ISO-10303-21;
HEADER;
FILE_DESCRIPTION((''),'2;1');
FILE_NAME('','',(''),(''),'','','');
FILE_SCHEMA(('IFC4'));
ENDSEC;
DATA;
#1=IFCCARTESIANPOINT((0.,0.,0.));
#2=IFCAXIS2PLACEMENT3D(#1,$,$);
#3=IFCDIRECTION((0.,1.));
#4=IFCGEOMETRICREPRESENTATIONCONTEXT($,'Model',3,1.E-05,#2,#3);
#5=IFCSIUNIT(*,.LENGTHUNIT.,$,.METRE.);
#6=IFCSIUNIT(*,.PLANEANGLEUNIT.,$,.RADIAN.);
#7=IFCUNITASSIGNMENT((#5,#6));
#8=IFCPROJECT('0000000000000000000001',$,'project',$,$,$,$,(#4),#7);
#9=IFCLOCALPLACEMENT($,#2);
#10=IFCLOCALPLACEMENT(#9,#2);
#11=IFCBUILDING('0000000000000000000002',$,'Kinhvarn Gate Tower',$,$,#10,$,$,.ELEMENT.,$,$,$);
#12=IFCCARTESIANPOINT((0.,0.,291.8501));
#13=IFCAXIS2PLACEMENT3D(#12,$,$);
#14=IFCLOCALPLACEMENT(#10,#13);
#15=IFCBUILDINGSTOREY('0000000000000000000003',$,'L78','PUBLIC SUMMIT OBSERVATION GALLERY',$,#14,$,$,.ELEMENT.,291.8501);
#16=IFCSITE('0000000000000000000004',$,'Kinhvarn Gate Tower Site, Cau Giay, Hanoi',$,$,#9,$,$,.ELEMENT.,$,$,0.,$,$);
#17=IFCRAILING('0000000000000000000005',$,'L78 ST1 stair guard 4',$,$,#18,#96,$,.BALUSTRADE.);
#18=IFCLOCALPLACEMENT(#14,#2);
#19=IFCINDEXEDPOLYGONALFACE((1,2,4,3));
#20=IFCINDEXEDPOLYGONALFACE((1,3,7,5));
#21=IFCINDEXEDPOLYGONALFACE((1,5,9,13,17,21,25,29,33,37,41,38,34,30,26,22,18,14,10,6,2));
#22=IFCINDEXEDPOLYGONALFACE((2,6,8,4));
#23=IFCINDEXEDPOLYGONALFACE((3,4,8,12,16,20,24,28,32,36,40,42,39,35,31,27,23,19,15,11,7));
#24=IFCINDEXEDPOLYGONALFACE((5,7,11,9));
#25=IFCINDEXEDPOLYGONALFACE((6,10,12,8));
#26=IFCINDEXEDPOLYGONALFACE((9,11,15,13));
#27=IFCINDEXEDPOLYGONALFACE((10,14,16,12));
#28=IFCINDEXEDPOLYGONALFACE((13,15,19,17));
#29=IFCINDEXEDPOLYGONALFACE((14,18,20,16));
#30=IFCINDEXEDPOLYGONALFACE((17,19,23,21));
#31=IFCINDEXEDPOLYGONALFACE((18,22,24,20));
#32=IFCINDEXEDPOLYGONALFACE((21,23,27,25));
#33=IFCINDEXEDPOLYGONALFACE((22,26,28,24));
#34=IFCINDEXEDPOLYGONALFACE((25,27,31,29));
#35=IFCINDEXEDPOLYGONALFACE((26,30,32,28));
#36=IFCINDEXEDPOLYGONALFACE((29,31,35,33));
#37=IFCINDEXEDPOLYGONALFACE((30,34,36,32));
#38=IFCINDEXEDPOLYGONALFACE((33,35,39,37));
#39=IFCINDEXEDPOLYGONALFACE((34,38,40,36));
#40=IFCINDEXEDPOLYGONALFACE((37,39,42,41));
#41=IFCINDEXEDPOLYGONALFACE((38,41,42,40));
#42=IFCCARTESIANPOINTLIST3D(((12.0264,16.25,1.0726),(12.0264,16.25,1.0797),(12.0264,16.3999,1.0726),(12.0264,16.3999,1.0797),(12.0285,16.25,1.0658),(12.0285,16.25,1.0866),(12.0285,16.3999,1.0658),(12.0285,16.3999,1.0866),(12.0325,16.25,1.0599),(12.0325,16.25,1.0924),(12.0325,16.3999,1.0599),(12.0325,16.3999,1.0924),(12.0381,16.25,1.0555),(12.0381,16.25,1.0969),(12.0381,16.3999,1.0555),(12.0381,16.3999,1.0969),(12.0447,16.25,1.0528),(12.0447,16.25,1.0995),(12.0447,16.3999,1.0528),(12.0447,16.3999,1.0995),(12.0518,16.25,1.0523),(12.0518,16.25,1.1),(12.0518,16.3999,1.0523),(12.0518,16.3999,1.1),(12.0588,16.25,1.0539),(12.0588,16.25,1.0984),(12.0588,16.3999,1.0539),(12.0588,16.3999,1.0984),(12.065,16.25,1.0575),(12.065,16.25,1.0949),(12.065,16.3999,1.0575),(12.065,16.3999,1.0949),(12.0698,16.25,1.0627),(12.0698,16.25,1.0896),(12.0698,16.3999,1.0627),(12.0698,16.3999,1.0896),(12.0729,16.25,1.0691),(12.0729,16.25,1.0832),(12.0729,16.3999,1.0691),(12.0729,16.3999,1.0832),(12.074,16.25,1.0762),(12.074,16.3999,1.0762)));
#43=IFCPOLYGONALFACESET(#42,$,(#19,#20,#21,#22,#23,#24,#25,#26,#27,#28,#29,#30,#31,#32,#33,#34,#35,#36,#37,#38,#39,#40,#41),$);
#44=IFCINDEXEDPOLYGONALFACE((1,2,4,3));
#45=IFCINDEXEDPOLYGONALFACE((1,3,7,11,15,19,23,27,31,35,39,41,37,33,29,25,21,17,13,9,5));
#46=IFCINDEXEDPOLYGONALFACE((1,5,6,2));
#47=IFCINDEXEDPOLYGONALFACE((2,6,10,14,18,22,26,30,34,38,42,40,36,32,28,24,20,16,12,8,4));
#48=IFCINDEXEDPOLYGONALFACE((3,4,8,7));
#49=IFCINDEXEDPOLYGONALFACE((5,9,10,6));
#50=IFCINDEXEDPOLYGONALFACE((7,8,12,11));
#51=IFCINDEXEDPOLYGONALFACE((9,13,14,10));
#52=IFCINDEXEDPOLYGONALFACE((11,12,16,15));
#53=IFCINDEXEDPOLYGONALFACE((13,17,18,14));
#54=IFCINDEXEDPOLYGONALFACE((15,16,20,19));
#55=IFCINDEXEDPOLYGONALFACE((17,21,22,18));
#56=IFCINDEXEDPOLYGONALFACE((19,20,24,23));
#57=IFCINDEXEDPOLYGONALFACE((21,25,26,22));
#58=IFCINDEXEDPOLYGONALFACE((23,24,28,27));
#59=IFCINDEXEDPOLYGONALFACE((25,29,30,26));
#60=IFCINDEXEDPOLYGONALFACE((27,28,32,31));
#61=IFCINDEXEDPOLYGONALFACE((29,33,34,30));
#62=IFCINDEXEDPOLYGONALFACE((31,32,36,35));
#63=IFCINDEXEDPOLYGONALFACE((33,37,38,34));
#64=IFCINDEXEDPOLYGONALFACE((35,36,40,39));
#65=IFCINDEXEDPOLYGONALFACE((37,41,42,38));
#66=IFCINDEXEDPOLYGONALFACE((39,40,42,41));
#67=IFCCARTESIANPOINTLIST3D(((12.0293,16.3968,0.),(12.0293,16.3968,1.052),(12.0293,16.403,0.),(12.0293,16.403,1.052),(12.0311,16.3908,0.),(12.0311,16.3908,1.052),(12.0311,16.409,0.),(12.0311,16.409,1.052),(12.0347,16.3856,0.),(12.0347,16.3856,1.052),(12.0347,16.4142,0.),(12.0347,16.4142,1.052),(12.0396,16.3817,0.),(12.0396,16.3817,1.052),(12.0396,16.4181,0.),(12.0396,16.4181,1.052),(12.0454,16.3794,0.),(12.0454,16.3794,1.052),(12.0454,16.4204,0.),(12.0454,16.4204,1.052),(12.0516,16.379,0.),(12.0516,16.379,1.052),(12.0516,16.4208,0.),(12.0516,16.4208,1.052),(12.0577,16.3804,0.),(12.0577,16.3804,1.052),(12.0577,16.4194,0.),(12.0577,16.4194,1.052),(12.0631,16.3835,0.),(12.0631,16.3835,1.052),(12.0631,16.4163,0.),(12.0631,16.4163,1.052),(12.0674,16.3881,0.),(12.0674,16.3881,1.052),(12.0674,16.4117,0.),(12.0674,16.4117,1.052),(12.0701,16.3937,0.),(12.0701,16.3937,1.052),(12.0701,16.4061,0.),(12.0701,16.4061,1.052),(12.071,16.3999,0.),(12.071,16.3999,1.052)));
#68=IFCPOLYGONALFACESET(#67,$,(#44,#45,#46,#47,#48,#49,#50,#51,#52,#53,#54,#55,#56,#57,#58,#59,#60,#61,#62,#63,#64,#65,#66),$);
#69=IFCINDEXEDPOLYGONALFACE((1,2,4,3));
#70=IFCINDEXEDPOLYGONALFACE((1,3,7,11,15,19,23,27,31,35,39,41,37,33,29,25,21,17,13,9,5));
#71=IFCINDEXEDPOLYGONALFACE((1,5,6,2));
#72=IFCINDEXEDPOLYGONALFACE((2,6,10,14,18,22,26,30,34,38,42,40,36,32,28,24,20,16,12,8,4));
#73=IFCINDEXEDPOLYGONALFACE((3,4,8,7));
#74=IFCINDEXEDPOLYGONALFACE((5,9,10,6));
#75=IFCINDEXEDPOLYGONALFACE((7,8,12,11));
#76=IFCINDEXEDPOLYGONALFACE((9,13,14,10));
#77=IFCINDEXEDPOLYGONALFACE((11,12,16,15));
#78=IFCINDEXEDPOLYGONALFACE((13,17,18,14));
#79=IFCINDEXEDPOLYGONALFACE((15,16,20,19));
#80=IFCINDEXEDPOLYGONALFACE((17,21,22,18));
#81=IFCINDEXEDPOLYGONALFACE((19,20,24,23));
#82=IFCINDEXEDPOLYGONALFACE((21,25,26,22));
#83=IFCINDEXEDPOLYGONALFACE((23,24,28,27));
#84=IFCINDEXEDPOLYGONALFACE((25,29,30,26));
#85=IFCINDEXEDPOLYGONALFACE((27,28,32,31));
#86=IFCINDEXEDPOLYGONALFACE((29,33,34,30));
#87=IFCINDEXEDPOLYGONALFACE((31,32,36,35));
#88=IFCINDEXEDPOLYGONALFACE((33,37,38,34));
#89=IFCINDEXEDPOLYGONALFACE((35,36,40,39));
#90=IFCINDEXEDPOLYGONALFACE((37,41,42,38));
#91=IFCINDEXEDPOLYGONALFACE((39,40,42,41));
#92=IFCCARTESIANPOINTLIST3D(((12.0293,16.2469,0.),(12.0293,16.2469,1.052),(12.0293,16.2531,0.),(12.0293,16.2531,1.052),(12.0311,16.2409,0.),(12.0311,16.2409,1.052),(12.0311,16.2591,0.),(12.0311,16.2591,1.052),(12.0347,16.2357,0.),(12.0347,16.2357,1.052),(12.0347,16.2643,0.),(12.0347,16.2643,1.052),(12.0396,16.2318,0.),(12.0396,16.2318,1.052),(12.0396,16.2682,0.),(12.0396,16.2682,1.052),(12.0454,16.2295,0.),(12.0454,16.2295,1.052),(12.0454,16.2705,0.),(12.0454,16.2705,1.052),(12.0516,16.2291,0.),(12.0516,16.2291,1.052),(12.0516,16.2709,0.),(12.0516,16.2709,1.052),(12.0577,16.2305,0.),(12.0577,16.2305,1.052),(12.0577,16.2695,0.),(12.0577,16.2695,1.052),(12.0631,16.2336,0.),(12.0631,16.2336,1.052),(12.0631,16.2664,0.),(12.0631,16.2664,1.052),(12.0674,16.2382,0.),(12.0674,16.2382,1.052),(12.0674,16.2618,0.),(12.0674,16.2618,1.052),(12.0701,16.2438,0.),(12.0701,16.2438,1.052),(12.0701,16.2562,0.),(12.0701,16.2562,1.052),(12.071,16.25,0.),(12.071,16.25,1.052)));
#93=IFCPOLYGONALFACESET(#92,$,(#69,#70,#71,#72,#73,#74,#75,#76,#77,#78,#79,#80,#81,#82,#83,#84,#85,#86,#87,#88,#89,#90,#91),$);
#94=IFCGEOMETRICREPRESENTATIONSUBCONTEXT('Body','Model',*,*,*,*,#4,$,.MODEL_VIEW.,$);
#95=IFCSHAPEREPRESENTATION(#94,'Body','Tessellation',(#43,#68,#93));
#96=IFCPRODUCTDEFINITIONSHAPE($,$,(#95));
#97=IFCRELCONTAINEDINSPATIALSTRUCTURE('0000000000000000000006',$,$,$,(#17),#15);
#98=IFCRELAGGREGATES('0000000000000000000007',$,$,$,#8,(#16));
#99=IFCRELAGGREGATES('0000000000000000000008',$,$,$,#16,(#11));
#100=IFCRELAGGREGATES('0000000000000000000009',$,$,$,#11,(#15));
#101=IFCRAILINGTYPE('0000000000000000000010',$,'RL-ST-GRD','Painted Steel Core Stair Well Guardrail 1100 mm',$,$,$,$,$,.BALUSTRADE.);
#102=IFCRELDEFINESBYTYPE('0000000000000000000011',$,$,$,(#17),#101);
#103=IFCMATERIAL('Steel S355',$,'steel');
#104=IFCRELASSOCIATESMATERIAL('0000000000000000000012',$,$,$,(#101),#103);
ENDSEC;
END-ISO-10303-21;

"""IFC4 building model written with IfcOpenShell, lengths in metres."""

from ifc_helpers import new_model, si_unit, direction, frame, origin, origin_2d, place, context, subcontext, project, spatial, circle, extrude, material, type_object, element, save


model = new_model("IFC4")

# Units and contexts
model_context = context("Model", 3, precision=1e-05, world=origin(), true_north=direction((0.0, 1.0)))
body_context = subcontext(model_context, "Body", "Model", "MODEL_VIEW")
ifc_project = project(units=[si_unit("LENGTHUNIT", "METRE"), si_unit("PLANEANGLEUNIT", "RADIAN")], contexts=[model_context])

# Site, building, storey
site_placement = place(None, origin())
site = spatial("IfcSite", under=ifc_project, at=site_placement, Name="Kinhvarn Gate Tower Site, Cau Giay, Hanoi", CompositionType="ELEMENT", RefElevation=0.0)
building_placement = place(site_placement, origin())
building = spatial("IfcBuilding", under=site, at=building_placement, Name="Kinhvarn Gate Tower", CompositionType="ELEMENT")
storey_placement = place(building_placement, frame((0.0, 0.0, 291.8501)))
storey = spatial("IfcBuildingStorey", under=building, at=storey_placement, Name="L78", Description="PUBLIC SUMMIT OBSERVATION GALLERY", CompositionType="ELEMENT", Elevation=291.8501)

# Shared definitions
ifc_material_1 = material(Name="Steel S355", Category="steel")

# Railing
railing_type_1 = type_object("IfcRailingType", Name="RL-ST-GRD", Description="Painted Steel Core Stair Well Guardrail 1100 mm", PredefinedType="BALUSTRADE", material=ifc_material_1)
railing_1_placement = place(storey_placement, frame((12.05, 16.3999, 0.0)))
element("IfcRailing", 1, at=railing_1_placement, inside=storey, type_object=railing_type_1, Name="L78 ST1 stair guard 4", PredefinedType="BALUSTRADE", context=body_context, shape_type="SweptSolid", body=[
    extrude(circle(Radius=0.0239, at=origin_2d()), frame((0.0, 0.0, 1.0762), z_axis=(0.0, -1.0, 0.0), x_axis=(1.0, 0.0, 0.0)), (0.0, 0.0, 1.0), 0.1499),
    extrude(circle(Radius=0.021, at=origin_2d()), origin(), (0.0, 0.0, 1.0), 1.052),
    extrude(circle(Radius=0.021, at=origin_2d()), frame((0.0, -0.1499, 0.0)), (0.0, 0.0, 1.0), 1.052),
])

save(model, "model.ifc")
